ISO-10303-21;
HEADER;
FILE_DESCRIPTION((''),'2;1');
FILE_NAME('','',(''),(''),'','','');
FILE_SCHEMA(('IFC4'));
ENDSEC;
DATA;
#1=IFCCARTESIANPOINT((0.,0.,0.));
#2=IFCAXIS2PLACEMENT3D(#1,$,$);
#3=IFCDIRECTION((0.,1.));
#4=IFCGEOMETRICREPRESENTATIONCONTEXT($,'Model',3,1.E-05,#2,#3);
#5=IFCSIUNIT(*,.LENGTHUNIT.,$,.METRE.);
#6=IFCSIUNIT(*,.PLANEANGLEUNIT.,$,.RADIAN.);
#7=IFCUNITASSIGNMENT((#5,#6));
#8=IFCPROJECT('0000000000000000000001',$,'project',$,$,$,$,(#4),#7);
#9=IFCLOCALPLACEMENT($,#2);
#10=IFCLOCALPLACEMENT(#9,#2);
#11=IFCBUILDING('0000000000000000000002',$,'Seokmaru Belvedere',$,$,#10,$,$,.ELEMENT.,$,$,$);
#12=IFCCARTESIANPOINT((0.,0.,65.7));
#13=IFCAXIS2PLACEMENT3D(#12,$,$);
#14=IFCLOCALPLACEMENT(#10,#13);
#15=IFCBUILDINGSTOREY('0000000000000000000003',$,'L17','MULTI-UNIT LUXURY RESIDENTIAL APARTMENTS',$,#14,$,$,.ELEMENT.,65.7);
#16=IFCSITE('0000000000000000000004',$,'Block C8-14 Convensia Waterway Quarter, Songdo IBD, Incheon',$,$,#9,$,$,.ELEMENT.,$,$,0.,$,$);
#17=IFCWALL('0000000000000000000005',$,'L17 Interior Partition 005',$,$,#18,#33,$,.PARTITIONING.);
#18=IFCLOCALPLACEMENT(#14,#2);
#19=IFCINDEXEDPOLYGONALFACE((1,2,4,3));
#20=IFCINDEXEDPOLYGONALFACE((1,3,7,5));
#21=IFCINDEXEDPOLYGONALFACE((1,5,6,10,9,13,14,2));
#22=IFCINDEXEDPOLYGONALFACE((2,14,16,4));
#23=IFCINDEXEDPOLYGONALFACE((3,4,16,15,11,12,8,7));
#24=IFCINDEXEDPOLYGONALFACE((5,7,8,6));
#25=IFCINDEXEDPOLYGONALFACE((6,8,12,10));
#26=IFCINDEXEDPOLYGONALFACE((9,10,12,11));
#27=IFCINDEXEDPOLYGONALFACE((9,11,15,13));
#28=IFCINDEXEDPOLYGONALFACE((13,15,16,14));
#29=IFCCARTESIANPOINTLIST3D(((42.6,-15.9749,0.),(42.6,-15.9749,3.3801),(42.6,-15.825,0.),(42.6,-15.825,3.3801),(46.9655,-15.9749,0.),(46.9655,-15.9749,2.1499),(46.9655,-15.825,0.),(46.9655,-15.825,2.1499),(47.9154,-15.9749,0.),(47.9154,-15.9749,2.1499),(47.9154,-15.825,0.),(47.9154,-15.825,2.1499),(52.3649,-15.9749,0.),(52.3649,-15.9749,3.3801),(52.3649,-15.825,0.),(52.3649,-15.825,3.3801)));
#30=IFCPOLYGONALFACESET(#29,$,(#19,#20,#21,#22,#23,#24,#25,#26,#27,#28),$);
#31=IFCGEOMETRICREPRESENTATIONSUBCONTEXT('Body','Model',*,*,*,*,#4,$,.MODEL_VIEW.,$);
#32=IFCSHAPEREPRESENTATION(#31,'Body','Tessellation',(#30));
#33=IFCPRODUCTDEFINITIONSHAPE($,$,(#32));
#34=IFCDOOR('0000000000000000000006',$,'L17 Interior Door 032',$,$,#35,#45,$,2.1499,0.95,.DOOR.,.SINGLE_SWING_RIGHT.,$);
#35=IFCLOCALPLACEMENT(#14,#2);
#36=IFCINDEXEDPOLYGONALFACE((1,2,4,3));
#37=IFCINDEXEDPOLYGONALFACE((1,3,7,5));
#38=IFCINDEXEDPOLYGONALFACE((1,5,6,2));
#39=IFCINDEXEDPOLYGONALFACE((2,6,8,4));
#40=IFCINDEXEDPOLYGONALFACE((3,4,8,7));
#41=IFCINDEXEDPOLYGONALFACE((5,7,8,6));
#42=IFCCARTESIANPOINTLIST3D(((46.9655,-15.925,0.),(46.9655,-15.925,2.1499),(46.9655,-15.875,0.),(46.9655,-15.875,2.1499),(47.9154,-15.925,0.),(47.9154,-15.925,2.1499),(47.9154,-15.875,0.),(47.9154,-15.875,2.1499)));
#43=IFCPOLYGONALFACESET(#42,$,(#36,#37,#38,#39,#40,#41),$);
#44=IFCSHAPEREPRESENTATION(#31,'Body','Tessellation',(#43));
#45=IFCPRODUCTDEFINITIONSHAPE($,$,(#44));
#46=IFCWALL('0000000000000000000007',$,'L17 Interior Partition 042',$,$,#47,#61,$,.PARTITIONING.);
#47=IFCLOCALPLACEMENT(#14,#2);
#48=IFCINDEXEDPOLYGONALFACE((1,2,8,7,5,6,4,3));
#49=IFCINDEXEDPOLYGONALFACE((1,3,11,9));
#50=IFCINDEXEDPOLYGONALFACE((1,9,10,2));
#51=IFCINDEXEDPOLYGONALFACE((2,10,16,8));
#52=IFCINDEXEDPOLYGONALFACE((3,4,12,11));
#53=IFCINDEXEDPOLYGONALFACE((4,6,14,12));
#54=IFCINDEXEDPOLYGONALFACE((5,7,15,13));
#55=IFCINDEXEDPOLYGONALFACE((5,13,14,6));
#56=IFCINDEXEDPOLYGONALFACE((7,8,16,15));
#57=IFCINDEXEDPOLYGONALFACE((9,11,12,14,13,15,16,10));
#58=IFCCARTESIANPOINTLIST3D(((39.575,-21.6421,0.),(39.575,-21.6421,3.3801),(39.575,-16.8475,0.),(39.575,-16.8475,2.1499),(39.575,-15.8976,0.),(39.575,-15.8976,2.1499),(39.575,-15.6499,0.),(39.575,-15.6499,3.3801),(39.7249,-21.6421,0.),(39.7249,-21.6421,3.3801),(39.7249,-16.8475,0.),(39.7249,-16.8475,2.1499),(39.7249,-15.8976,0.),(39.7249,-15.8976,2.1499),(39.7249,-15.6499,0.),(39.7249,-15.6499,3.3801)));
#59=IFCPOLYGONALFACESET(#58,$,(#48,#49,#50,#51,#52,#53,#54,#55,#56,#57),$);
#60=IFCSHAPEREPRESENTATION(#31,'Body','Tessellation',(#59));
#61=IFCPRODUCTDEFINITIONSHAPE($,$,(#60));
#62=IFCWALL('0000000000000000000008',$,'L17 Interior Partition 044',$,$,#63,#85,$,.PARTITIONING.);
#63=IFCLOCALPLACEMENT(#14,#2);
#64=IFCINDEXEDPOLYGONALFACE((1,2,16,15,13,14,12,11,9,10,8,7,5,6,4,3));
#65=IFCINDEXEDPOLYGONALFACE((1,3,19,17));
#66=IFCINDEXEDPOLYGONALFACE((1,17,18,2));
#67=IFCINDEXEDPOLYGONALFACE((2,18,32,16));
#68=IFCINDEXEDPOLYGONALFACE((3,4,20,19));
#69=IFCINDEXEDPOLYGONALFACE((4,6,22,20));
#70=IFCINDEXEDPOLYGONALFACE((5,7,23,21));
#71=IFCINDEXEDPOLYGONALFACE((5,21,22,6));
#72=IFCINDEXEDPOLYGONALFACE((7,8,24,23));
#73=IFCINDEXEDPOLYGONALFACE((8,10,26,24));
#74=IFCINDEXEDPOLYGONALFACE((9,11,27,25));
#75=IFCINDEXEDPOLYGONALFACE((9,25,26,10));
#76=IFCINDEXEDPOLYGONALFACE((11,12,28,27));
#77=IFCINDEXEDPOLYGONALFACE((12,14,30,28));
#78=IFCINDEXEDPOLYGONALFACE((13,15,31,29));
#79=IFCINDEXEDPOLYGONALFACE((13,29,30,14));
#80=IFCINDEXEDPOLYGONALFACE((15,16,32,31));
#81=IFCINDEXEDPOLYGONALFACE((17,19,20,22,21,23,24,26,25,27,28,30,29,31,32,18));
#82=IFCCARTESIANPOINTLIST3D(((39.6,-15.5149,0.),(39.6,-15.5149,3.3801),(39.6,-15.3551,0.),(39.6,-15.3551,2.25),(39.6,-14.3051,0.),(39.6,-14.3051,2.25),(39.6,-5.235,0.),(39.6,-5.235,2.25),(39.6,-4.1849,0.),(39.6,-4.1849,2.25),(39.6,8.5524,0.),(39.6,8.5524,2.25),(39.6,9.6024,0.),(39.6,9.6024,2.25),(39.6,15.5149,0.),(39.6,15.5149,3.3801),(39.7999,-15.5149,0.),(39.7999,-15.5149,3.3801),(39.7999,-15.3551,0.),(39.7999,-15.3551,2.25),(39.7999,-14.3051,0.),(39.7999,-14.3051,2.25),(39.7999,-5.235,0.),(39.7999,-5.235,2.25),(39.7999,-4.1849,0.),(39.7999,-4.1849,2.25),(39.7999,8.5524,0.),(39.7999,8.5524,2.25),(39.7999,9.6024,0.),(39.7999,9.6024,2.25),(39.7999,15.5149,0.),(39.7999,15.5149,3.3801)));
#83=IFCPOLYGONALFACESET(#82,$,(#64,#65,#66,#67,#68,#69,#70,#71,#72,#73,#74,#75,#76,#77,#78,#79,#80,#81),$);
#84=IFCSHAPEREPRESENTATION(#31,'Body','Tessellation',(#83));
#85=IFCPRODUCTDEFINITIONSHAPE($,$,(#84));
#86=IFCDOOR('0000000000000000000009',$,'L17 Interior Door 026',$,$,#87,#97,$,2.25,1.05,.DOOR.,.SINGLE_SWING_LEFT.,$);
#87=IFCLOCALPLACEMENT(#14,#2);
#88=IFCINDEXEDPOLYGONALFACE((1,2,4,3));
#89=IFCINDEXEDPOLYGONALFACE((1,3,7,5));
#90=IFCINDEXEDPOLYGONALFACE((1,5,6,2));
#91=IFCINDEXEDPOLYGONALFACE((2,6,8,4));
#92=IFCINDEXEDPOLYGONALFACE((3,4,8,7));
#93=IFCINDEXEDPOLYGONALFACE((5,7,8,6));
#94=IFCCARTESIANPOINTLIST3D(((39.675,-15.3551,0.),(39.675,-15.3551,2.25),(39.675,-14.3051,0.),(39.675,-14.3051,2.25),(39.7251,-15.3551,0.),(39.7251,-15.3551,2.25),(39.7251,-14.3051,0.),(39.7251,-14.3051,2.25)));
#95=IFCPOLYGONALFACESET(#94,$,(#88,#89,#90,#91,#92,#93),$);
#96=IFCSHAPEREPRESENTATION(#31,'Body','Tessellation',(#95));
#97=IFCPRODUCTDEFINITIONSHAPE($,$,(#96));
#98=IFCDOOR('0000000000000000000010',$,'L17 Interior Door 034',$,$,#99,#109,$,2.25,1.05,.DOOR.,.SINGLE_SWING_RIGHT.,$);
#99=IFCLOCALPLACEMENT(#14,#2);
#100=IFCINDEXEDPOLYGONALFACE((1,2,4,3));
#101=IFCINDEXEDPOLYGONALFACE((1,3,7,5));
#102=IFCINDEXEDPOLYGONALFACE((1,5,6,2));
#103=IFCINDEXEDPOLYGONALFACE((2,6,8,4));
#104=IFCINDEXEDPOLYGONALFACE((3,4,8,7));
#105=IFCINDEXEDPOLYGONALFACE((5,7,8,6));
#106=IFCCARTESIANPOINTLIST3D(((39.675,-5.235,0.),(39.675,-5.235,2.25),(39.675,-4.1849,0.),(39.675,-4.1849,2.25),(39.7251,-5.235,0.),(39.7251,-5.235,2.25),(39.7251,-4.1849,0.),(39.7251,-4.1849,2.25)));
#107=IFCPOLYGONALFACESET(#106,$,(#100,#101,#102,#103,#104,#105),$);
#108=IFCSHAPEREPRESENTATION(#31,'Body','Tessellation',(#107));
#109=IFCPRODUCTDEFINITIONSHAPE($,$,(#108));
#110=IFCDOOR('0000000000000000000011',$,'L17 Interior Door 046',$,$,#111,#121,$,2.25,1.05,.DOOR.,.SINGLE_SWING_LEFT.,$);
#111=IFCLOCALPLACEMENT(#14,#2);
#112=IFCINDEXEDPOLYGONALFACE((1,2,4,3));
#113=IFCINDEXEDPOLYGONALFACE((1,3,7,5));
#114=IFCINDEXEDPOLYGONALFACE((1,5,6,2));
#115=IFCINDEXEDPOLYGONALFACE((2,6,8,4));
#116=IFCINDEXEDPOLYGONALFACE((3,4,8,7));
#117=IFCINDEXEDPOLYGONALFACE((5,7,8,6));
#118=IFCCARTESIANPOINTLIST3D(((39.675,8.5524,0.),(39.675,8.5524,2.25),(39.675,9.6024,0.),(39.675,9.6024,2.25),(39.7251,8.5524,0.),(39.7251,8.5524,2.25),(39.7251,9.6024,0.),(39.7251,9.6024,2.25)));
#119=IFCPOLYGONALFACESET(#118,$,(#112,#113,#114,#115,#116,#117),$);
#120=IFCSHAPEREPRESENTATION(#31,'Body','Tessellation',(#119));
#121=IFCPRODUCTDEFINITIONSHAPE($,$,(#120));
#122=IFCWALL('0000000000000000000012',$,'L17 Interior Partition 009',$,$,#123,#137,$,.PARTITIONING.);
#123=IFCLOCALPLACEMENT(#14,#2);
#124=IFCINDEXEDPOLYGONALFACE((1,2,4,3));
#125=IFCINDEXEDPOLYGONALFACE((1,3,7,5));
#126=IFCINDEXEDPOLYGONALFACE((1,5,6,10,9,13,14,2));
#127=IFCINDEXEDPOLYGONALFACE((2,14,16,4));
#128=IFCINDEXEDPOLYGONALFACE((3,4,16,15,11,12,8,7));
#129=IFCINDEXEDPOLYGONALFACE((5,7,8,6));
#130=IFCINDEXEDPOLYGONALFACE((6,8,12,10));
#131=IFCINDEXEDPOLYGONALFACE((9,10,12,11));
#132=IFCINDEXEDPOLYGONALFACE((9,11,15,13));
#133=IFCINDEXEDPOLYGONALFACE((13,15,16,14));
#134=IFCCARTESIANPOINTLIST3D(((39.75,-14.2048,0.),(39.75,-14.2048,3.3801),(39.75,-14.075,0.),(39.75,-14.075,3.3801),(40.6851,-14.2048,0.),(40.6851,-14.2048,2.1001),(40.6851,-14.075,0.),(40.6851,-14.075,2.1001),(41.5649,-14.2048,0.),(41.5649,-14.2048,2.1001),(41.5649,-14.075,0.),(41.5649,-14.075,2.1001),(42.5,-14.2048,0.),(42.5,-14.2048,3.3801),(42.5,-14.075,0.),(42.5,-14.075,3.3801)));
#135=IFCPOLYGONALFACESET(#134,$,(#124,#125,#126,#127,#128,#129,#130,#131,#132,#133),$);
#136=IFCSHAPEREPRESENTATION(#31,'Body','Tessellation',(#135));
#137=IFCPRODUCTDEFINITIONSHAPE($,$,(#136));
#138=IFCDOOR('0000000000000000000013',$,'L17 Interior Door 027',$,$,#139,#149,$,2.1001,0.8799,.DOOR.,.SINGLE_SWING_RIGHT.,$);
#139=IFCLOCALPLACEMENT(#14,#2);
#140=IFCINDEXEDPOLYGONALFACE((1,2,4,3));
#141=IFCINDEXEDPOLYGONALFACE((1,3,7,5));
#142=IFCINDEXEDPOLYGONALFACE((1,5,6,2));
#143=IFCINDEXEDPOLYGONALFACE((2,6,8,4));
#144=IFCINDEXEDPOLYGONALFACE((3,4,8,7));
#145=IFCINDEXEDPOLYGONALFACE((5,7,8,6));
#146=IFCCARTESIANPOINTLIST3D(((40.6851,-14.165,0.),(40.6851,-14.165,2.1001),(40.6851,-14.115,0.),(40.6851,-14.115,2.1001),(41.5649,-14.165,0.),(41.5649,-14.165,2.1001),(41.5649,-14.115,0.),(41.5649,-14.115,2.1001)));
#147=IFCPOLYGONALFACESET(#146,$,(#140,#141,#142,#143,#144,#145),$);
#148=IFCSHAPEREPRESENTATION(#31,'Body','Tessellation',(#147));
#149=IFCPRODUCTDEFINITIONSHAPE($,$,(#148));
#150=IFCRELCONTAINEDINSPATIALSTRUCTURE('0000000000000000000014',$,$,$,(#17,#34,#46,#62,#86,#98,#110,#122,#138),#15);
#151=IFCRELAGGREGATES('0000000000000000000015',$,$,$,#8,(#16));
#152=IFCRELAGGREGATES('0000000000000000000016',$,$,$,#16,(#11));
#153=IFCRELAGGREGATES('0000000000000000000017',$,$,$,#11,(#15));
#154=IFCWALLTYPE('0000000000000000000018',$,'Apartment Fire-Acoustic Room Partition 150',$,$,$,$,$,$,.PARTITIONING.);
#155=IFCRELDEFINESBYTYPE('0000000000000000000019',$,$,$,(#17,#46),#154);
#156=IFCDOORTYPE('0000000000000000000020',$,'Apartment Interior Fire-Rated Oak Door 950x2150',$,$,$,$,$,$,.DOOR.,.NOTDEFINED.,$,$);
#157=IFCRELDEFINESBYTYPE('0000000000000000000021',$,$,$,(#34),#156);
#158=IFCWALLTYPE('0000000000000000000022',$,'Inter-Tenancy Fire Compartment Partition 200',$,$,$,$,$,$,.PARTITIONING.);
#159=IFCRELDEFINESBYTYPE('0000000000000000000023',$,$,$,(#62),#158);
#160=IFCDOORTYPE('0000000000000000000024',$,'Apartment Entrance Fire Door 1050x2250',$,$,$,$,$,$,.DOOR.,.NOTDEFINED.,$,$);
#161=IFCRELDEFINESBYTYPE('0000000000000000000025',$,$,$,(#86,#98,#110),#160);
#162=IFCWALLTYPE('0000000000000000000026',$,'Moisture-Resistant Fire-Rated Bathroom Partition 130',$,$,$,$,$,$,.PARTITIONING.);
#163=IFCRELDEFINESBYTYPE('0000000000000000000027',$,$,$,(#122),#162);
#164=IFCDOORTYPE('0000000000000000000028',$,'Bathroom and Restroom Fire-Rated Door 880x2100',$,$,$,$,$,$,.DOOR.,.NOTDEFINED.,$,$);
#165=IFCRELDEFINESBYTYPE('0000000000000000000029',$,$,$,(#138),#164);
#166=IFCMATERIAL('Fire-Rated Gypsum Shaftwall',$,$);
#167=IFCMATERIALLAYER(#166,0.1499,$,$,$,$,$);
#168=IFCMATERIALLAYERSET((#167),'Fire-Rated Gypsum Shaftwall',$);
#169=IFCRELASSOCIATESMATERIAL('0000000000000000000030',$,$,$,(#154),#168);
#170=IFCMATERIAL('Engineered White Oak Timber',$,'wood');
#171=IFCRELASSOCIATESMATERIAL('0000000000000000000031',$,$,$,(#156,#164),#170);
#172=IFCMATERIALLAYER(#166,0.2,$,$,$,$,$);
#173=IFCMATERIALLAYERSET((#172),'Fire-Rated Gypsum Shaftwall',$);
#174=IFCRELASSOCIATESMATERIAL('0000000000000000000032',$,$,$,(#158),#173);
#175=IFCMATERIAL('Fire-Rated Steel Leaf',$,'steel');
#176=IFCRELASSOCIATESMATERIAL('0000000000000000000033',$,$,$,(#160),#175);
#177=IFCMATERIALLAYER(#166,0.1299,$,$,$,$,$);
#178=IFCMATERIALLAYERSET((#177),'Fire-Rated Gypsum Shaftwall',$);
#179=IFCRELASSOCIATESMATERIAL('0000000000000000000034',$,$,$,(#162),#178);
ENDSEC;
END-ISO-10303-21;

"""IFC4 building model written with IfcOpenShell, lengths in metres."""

from ifc_helpers import new_model, si_unit, direction, frame, frame_2d, origin, place, context, subcontext, project, spatial, rectangle, extrude, source, transform, mapped, material, layer, layer_set, type_object, type_shapes, element, fill, save


model = new_model("IFC4")

# Units and contexts
model_context = context("Model", 3, precision=1e-05, world=origin(), true_north=direction((0.0, 1.0)))
body_context = subcontext(model_context, "Body", "Model", "MODEL_VIEW")
ifc_project = project(units=[si_unit("LENGTHUNIT", "METRE"), si_unit("PLANEANGLEUNIT", "RADIAN")], contexts=[model_context])

# Site, building, storey
site_placement = place(None, origin())
site = spatial("IfcSite", under=ifc_project, at=site_placement, Name="Block C8-14 Convensia Waterway Quarter, Songdo IBD, Incheon", CompositionType="ELEMENT", RefElevation=0.0)
building_placement = place(site_placement, origin())
building = spatial("IfcBuilding", under=site, at=building_placement, Name="Seokmaru Belvedere", CompositionType="ELEMENT")
storey_placement = place(building_placement, frame((0.0, 0.0, 65.7)))
storey = spatial("IfcBuildingStorey", under=building, at=storey_placement, Name="L17", Description="MULTI-UNIT LUXURY RESIDENTIAL APARTMENTS", CompositionType="ELEMENT", Elevation=65.7)

# Shared definitions
ifc_material_1 = material(Name="Fire-Rated Gypsum Shaftwall")
ifc_layer_1 = layer(ifc_material_1, 0.1499)
ifc_layer_set_1 = layer_set([ifc_layer_1], Name="Fire-Rated Gypsum Shaftwall")
wall_type_1 = type_object("IfcWallType", Name="Apartment Fire-Acoustic Room Partition 150", PredefinedType="PARTITIONING", material=ifc_layer_set_1)

# Wall, opening, door
wall_1_placement = place(storey_placement, frame((42.6001, -15.8999, 0.0), z_axis=(0.0, 0.0, 1.0), x_axis=(1.0, 0.0, 0.0)))
wall_1 = element("IfcWall", 1, at=wall_1_placement, inside=storey, type_object=wall_type_1, Name="L17 Interior Partition 005", PredefinedType="PARTITIONING", context=body_context, shape_type="SweptSolid", body=[
    extrude(rectangle(XDim=9.7649, YDim=0.1499, at=frame_2d((4.8823, 0.0))), origin(), (0.0, 0.0, 1.0), 3.3801),
])
opening_1_placement = place(wall_1_placement, frame((4.3652, 0.0, 0.0)))
opening_1 = element("IfcOpeningElement", 2, at=opening_1_placement, cuts=wall_1, PredefinedType="OPENING", context=body_context, shape_type="SweptSolid", body=[
    extrude(rectangle(XDim=0.95, YDim=2.1499, at=frame_2d((0.4751, 1.075))), frame((0.0, 0.085, 0.0), z_axis=(0.0, -1.0, 0.0), x_axis=(1.0, 0.0, 0.0)), (0.0, 0.0, 1.0), 0.1699),
])
ifc_material_2 = material(Name="Engineered White Oak Timber", Category="wood")
door_type_1 = type_object("IfcDoorType", Name="Apartment Interior Fire-Rated Oak Door 950x2150", OperationType="NOTDEFINED", PredefinedType="DOOR", material=ifc_material_2)
shared_shape_1 = source(origin(), body_context, "Body", "SweptSolid", [
    extrude(rectangle(XDim=0.95, YDim=2.1499, at=frame_2d((0.4751, 1.075))), frame((0.0, 0.0249, 0.0), z_axis=(0.0, -1.0, 0.0), x_axis=(1.0, 0.0, 0.0)), (0.0, 0.0, 1.0), 0.05),
])
type_shapes(door_type_1, [shared_shape_1])
door_1_placement = place(opening_1_placement, origin())
door_1 = element("IfcDoor", 3, at=door_1_placement, inside=storey, type_object=door_type_1, Name="L17 Interior Door 032", OperationType="SINGLE_SWING_RIGHT", OverallHeight=2.1499, OverallWidth=0.95, PredefinedType="DOOR", context=body_context, shape_type="MappedRepresentation", body=[
    mapped(shared_shape_1, transform((0.0, 0.0, 0.0), scale=1.0)),
])
fill(opening_1, door_1)

# Wall, opening
wall_2_placement = place(storey_placement, frame((39.6499, -21.6421, 0.0), z_axis=(0.0, 0.0, 1.0), x_axis=(0.0, 1.0, 0.0)))
wall_2 = element("IfcWall", 4, at=wall_2_placement, inside=storey, type_object=wall_type_1, Name="L17 Interior Partition 042", PredefinedType="PARTITIONING", context=body_context, shape_type="SweptSolid", body=[
    extrude(rectangle(XDim=5.9922, YDim=0.1499, at=frame_2d((2.9961, 0.0))), origin(), (0.0, 0.0, 1.0), 3.3801),
])
opening_2_placement = place(wall_2_placement, frame((4.7944, 0.0, 0.0)))
element("IfcOpeningElement", 5, at=opening_2_placement, cuts=wall_2, PredefinedType="OPENING", context=body_context, shape_type="SweptSolid", body=[
    extrude(rectangle(XDim=0.95, YDim=2.1499, at=frame_2d((0.4751, 1.075))), frame((0.0, 0.085, 0.0), z_axis=(0.0, -1.0, 0.0), x_axis=(1.0, 0.0, 0.0)), (0.0, 0.0, 1.0), 0.1699),
])

# Wall, openings, doors
ifc_layer_2 = layer(ifc_material_1, 0.2)
ifc_layer_set_2 = layer_set([ifc_layer_2], Name="Fire-Rated Gypsum Shaftwall")
wall_type_2 = type_object("IfcWallType", Name="Inter-Tenancy Fire Compartment Partition 200", PredefinedType="PARTITIONING", material=ifc_layer_set_2)
wall_3_placement = place(storey_placement, frame((39.7, -15.5149, 0.0), z_axis=(0.0, 0.0, 1.0), x_axis=(0.0, 1.0, 0.0)))
wall_3 = element("IfcWall", 6, at=wall_3_placement, inside=storey, type_object=wall_type_2, Name="L17 Interior Partition 044", PredefinedType="PARTITIONING", context=body_context, shape_type="SweptSolid", body=[
    extrude(rectangle(XDim=31.0298, YDim=0.2, at=frame_2d((15.5149, 0.0))), origin(), (0.0, 0.0, 1.0), 3.3801),
])
opening_3_placement = place(wall_3_placement, frame((0.1599, 0.0, 0.0)))
opening_3 = element("IfcOpeningElement", 7, at=opening_3_placement, cuts=wall_3, PredefinedType="OPENING", context=body_context, shape_type="SweptSolid", body=[
    extrude(rectangle(XDim=1.05, YDim=2.25, at=frame_2d((0.5249, 1.125))), frame((0.0, 0.1099, 0.0), z_axis=(0.0, -1.0, 0.0), x_axis=(1.0, 0.0, 0.0)), (0.0, 0.0, 1.0), 0.22),
])
opening_4_placement = place(wall_3_placement, frame((10.28, 0.0, 0.0)))
opening_4 = element("IfcOpeningElement", 8, at=opening_4_placement, cuts=wall_3, PredefinedType="OPENING", context=body_context, shape_type="SweptSolid", body=[
    extrude(rectangle(XDim=1.05, YDim=2.25, at=frame_2d((0.5249, 1.125))), frame((0.0, 0.1099, 0.0), z_axis=(0.0, -1.0, 0.0), x_axis=(1.0, 0.0, 0.0)), (0.0, 0.0, 1.0), 0.22),
])
opening_5_placement = place(wall_3_placement, frame((24.0674, 0.0, 0.0)))
opening_5 = element("IfcOpeningElement", 9, at=opening_5_placement, cuts=wall_3, PredefinedType="OPENING", context=body_context, shape_type="SweptSolid", body=[
    extrude(rectangle(XDim=1.05, YDim=2.25, at=frame_2d((0.5249, 1.125))), frame((0.0, 0.1099, 0.0), z_axis=(0.0, -1.0, 0.0), x_axis=(1.0, 0.0, 0.0)), (0.0, 0.0, 1.0), 0.22),
])
ifc_material_3 = material(Name="Fire-Rated Steel Leaf", Category="steel")
door_type_2 = type_object("IfcDoorType", Name="Apartment Entrance Fire Door 1050x2250", OperationType="NOTDEFINED", PredefinedType="DOOR", material=ifc_material_3)
shared_shape_2 = source(origin(), body_context, "Body", "SweptSolid", [
    extrude(rectangle(XDim=1.05, YDim=2.25, at=frame_2d((0.5249, 1.125))), frame((0.0, 0.0249, 0.0), z_axis=(0.0, -1.0, 0.0), x_axis=(1.0, 0.0, 0.0)), (0.0, 0.0, 1.0), 0.05),
])
type_shapes(door_type_2, [shared_shape_2])
door_2_placement = place(opening_3_placement, origin())
door_2 = element("IfcDoor", 10, at=door_2_placement, inside=storey, type_object=door_type_2, Name="L17 Interior Door 026", OperationType="SINGLE_SWING_LEFT", OverallHeight=2.25, OverallWidth=1.05, PredefinedType="DOOR", context=body_context, shape_type="MappedRepresentation", body=[
    mapped(shared_shape_2, transform((0.0, 0.0, 0.0), scale=1.0)),
])
fill(opening_3, door_2)
door_3_placement = place(opening_4_placement, origin())
door_3 = element("IfcDoor", 11, at=door_3_placement, inside=storey, type_object=door_type_2, Name="L17 Interior Door 034", OperationType="SINGLE_SWING_RIGHT", OverallHeight=2.25, OverallWidth=1.05, PredefinedType="DOOR", context=body_context, shape_type="MappedRepresentation", body=[
    mapped(shared_shape_2, transform((0.0, 0.0, 0.0), scale=1.0)),
])
fill(opening_4, door_3)
door_4_placement = place(opening_5_placement, origin())
door_4 = element("IfcDoor", 12, at=door_4_placement, inside=storey, type_object=door_type_2, Name="L17 Interior Door 046", OperationType="SINGLE_SWING_LEFT", OverallHeight=2.25, OverallWidth=1.05, PredefinedType="DOOR", context=body_context, shape_type="MappedRepresentation", body=[
    mapped(shared_shape_2, transform((0.0, 0.0, 0.0), scale=1.0)),
])
fill(opening_5, door_4)

# Wall, opening, door
ifc_layer_3 = layer(ifc_material_1, 0.1299)
ifc_layer_set_3 = layer_set([ifc_layer_3], Name="Fire-Rated Gypsum Shaftwall")
wall_type_3 = type_object("IfcWallType", Name="Moisture-Resistant Fire-Rated Bathroom Partition 130", PredefinedType="PARTITIONING", material=ifc_layer_set_3)
wall_4_placement = place(storey_placement, frame((39.75, -14.1399, 0.0), z_axis=(0.0, 0.0, 1.0), x_axis=(1.0, 0.0, 0.0)))
wall_4 = element("IfcWall", 13, at=wall_4_placement, inside=storey, type_object=wall_type_3, Name="L17 Interior Partition 009", PredefinedType="PARTITIONING", context=body_context, shape_type="SweptSolid", body=[
    extrude(rectangle(XDim=2.75, YDim=0.1299, at=frame_2d((1.375, 0.0))), origin(), (0.0, 0.0, 1.0), 3.3801),
])
opening_6_placement = place(wall_4_placement, frame((0.9351, 0.0, 0.0)))
opening_6 = element("IfcOpeningElement", 14, at=opening_6_placement, cuts=wall_4, PredefinedType="OPENING", context=body_context, shape_type="SweptSolid", body=[
    extrude(rectangle(XDim=0.8799, YDim=2.1001, at=frame_2d((0.4399, 1.05))), frame((0.0, 0.075, 0.0), z_axis=(0.0, -1.0, 0.0), x_axis=(1.0, 0.0, 0.0)), (0.0, 0.0, 1.0), 0.1499),
])
door_type_3 = type_object("IfcDoorType", Name="Bathroom and Restroom Fire-Rated Door 880x2100", OperationType="NOTDEFINED", PredefinedType="DOOR", material=ifc_material_2)
shared_shape_3 = source(origin(), body_context, "Body", "SweptSolid", [
    extrude(rectangle(XDim=0.8799, YDim=2.1001, at=frame_2d((0.4399, 1.05))), frame((0.0, 0.0249, 0.0), z_axis=(0.0, -1.0, 0.0), x_axis=(1.0, 0.0, 0.0)), (0.0, 0.0, 1.0), 0.05),
])
type_shapes(door_type_3, [shared_shape_3])
door_5_placement = place(opening_6_placement, origin())
door_5 = element("IfcDoor", 15, at=door_5_placement, inside=storey, type_object=door_type_3, Name="L17 Interior Door 027", OperationType="SINGLE_SWING_RIGHT", OverallHeight=2.1001, OverallWidth=0.8799, PredefinedType="DOOR", context=body_context, shape_type="MappedRepresentation", body=[
    mapped(shared_shape_3, transform((0.0, 0.0, 0.0), scale=1.0)),
])
fill(opening_6, door_5)

save(model, "model.ifc")
